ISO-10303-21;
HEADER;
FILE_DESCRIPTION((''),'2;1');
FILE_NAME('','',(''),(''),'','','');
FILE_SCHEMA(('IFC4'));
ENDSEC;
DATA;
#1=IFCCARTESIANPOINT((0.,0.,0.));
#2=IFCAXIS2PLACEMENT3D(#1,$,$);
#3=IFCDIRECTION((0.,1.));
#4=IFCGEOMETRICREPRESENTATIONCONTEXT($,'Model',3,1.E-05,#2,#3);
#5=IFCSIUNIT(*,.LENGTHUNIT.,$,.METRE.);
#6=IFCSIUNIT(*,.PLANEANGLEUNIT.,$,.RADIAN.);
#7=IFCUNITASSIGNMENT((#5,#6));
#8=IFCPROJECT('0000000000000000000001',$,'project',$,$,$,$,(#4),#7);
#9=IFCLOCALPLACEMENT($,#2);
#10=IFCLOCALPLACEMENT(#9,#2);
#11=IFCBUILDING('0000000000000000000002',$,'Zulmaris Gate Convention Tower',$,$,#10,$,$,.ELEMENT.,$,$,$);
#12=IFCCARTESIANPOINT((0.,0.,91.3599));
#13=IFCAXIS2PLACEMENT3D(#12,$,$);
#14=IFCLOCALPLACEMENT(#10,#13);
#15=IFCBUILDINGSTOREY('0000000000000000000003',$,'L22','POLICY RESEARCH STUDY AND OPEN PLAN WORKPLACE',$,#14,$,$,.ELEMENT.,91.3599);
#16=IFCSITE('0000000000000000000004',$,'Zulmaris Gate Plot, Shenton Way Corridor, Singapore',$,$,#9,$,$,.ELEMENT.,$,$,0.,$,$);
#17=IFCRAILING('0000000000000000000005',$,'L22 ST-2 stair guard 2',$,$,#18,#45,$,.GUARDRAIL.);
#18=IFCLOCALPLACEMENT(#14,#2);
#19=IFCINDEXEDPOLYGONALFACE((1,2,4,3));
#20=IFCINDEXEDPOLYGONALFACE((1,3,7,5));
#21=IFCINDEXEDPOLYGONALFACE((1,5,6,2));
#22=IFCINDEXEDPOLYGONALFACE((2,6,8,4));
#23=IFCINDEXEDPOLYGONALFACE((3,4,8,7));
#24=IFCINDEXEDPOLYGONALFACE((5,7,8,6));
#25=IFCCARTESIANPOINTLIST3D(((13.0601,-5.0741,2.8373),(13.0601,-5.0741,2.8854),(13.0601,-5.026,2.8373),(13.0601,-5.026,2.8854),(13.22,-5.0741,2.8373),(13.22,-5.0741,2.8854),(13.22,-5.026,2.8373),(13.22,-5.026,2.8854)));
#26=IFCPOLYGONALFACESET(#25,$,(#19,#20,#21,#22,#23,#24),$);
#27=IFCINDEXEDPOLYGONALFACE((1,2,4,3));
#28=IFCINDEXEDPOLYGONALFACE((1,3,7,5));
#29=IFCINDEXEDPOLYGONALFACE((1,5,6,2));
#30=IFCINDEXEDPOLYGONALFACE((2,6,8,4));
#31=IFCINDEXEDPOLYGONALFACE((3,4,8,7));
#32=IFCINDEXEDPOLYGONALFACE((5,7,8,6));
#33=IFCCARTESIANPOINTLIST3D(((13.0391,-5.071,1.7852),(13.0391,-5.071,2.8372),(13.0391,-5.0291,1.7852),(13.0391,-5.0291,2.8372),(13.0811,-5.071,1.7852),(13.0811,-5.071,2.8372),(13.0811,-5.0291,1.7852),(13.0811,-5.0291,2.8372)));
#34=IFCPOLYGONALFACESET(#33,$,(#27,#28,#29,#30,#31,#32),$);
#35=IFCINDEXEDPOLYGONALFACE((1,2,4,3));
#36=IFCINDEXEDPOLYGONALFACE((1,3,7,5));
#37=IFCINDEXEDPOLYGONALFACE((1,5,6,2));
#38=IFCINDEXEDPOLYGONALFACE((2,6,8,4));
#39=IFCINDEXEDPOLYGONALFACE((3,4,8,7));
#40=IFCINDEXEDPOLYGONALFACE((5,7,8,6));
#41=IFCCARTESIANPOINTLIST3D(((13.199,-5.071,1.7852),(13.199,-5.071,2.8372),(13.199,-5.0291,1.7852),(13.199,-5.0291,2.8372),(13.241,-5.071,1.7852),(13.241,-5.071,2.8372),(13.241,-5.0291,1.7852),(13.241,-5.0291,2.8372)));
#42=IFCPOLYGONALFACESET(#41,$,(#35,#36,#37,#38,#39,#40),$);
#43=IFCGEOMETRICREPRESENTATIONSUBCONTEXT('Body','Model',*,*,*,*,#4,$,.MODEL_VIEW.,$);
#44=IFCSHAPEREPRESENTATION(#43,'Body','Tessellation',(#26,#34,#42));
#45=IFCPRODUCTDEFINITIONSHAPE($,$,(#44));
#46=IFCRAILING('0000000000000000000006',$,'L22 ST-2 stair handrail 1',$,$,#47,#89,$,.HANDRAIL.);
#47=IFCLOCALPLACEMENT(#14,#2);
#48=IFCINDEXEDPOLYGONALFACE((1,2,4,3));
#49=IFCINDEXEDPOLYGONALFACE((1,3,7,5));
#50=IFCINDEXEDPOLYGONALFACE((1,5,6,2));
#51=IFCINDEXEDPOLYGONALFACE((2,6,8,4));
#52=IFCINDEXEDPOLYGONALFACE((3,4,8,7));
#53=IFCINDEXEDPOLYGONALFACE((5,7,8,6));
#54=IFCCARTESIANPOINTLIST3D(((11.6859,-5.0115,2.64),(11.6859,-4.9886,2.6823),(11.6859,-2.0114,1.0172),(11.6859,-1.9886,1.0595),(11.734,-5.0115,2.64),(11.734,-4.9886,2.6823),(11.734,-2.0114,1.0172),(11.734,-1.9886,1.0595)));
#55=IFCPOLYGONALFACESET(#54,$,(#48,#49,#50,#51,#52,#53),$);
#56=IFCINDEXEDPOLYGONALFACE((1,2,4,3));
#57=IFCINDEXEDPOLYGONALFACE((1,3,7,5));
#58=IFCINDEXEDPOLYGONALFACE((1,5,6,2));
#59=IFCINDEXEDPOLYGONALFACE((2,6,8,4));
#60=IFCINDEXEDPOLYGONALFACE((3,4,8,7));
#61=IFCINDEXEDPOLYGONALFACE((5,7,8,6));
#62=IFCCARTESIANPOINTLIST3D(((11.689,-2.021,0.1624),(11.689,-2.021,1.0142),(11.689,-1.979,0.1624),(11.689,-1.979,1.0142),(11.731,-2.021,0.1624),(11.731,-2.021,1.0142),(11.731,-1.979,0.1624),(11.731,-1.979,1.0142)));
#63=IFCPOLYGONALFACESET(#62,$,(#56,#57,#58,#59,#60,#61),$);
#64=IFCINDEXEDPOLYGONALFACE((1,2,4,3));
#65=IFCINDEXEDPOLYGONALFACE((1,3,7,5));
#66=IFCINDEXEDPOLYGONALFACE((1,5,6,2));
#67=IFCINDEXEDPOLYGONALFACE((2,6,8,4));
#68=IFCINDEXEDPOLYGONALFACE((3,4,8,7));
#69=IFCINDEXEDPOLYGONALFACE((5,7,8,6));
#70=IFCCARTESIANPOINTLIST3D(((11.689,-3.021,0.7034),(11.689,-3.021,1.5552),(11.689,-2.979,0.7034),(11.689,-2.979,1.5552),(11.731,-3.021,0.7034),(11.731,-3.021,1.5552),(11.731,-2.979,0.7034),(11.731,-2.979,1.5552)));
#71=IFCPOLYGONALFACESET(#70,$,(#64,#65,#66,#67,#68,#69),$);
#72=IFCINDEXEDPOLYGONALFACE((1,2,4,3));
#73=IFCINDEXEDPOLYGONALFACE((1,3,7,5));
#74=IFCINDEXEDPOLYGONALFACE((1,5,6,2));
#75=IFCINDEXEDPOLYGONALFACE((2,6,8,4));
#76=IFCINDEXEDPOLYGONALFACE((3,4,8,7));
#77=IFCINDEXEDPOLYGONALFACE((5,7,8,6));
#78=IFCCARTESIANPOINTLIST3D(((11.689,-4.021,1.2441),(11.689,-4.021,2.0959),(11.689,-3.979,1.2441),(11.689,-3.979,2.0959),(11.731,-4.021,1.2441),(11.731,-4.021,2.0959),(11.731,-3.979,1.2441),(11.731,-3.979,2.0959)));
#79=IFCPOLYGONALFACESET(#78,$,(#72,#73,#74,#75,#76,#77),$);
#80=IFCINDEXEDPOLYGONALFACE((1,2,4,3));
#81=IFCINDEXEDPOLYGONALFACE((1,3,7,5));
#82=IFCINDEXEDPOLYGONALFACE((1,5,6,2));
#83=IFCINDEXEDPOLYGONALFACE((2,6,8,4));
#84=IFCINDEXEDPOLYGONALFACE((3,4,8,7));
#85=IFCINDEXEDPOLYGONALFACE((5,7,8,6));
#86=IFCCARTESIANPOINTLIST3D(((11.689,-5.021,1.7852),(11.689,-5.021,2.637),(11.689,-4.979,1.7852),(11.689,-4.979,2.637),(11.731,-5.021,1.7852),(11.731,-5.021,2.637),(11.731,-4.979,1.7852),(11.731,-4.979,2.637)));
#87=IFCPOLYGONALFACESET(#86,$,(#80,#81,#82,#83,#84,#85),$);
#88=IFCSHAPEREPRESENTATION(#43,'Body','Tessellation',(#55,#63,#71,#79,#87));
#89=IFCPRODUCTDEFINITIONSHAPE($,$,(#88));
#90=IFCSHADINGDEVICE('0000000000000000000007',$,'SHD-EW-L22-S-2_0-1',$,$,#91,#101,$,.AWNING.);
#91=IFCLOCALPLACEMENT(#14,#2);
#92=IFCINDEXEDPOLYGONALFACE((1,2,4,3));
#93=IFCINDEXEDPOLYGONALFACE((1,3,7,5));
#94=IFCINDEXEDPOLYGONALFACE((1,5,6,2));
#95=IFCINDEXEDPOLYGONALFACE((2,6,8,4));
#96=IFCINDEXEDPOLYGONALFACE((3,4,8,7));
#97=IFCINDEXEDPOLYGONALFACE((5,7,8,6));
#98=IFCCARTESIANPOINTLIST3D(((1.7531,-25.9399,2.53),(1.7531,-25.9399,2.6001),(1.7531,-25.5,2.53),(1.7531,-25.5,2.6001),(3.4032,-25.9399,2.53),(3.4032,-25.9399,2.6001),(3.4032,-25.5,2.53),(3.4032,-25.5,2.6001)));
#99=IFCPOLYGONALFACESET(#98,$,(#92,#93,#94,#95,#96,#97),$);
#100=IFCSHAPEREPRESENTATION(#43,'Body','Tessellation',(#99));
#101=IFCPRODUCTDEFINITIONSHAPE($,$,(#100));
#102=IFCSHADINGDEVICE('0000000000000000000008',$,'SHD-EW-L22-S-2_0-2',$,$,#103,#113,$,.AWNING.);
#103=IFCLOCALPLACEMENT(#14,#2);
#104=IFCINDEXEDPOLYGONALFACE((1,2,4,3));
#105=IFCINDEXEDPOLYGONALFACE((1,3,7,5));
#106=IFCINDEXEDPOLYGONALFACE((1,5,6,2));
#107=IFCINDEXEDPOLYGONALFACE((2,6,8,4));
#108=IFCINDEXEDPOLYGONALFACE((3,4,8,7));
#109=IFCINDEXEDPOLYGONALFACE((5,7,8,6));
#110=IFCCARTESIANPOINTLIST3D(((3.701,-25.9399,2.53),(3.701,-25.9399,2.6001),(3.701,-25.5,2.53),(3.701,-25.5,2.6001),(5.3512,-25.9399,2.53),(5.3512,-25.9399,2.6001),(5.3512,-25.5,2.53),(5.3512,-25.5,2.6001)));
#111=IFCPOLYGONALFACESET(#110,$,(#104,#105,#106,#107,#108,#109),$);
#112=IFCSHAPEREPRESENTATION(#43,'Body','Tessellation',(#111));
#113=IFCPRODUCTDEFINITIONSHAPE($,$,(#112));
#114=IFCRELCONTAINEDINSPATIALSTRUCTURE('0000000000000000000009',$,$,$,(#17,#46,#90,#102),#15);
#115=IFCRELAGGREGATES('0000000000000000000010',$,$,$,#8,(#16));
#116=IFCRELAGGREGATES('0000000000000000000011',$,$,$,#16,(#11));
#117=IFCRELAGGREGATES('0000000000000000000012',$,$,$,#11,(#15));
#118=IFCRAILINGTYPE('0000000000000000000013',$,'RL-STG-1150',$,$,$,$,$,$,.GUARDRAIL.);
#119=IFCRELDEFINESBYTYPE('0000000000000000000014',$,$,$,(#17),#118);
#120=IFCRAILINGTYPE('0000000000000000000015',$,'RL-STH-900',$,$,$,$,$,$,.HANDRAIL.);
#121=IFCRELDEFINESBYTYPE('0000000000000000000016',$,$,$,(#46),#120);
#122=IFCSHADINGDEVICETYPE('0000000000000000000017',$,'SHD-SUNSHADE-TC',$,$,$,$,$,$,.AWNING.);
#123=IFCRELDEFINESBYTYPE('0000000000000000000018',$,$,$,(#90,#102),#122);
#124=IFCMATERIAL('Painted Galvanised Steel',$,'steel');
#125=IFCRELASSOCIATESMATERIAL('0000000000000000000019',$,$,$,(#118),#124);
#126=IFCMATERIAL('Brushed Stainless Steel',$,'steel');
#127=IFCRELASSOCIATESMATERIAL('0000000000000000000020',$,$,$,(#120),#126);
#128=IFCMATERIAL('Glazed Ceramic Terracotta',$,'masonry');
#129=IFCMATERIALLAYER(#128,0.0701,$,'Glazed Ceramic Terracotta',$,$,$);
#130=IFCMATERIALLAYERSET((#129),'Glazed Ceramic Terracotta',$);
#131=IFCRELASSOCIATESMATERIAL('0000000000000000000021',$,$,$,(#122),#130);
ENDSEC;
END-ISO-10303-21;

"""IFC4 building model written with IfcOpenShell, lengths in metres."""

from ifc_helpers import new_model, si_unit, direction, frame, frame_2d, origin, origin_2d, place, context, subcontext, project, spatial, rectangle, extrude, material, layer, layer_set, type_object, element, save


model = new_model("IFC4")

# Units and contexts
model_context = context("Model", 3, precision=1e-05, world=origin(), true_north=direction((0.0, 1.0)))
body_context = subcontext(model_context, "Body", "Model", "MODEL_VIEW")
ifc_project = project(units=[si_unit("LENGTHUNIT", "METRE"), si_unit("PLANEANGLEUNIT", "RADIAN")], contexts=[model_context])

# Site, building, storey
site_placement = place(None, origin())
site = spatial("IfcSite", under=ifc_project, at=site_placement, Name="Zulmaris Gate Plot, Shenton Way Corridor, Singapore", CompositionType="ELEMENT", RefElevation=0.0)
building_placement = place(site_placement, origin())
building = spatial("IfcBuilding", under=site, at=building_placement, Name="Zulmaris Gate Convention Tower", CompositionType="ELEMENT")
storey_placement = place(building_placement, frame((0.0, 0.0, 91.3599)))
storey = spatial("IfcBuildingStorey", under=building, at=storey_placement, Name="L22", Description="POLICY RESEARCH STUDY AND OPEN PLAN WORKPLACE", CompositionType="ELEMENT", Elevation=91.3599)

# Railings
ifc_material_1 = material(Name="Painted Galvanised Steel", Category="steel")
railing_type_1 = type_object("IfcRailingType", Name="RL-STG-1150", PredefinedType="GUARDRAIL", material=ifc_material_1)
railing_1_placement = place(storey_placement, frame((13.0601, -5.05, 1.7852)))
element("IfcRailing", 1, at=railing_1_placement, inside=storey, type_object=railing_type_1, Name="L22 ST-2 stair guard 2", PredefinedType="GUARDRAIL", context=body_context, shape_type="SweptSolid", body=[
    extrude(rectangle(XDim=0.0481, YDim=0.0481, at=origin_2d()), frame((0.0, 0.0, 1.0762), z_axis=(1.0, 0.0, 0.0), x_axis=(0.0, 1.0, 0.0)), (0.0, 0.0, 1.0), 0.1599),
    extrude(rectangle(XDim=0.042, YDim=0.042, at=origin_2d()), origin(), (0.0, 0.0, 1.0), 1.052),
    extrude(rectangle(XDim=0.042, YDim=0.042, at=origin_2d()), frame((0.1599, 0.0, 0.0)), (0.0, 0.0, 1.0), 1.052),
])
ifc_material_2 = material(Name="Brushed Stainless Steel", Category="steel")
railing_type_2 = type_object("IfcRailingType", Name="RL-STH-900", PredefinedType="HANDRAIL", material=ifc_material_2)
railing_2_placement = place(storey_placement, frame((11.71, -2.0, 0.1624)))
element("IfcRailing", 2, at=railing_2_placement, inside=storey, type_object=railing_type_2, Name="L22 ST-2 stair handrail 1", PredefinedType="HANDRAIL", context=body_context, shape_type="SweptSolid", body=[
    extrude(rectangle(XDim=0.0481, YDim=0.0481, at=origin_2d()), frame((0.0, 0.0, 0.876), z_axis=(0.0, -0.879562, 0.475785), x_axis=(1.0, 0.0, 0.0)), (0.0, 0.0, 1.0), 3.4109),
    extrude(rectangle(XDim=0.042, YDim=0.042, at=origin_2d()), origin(), (0.0, 0.0, 1.0), 0.8518),
    extrude(rectangle(XDim=0.042, YDim=0.042, at=origin_2d()), frame((0.0, -1.0, 0.541)), (0.0, 0.0, 1.0), 0.8518),
    extrude(rectangle(XDim=0.042, YDim=0.042, at=origin_2d()), frame((0.0, -2.0, 1.0818)), (0.0, 0.0, 1.0), 0.8518),
    extrude(rectangle(XDim=0.042, YDim=0.042, at=origin_2d()), frame((0.0, -3.0, 1.6228)), (0.0, 0.0, 1.0), 0.8518),
])

# Shading devices
ifc_material_3 = material(Name="Glazed Ceramic Terracotta", Category="masonry")
ifc_layer_1 = layer(ifc_material_3, 0.0701, Name="Glazed Ceramic Terracotta")
ifc_layer_set_1 = layer_set([ifc_layer_1], Name="Glazed Ceramic Terracotta")
shading_device_type = type_object("IfcShadingDeviceType", Name="SHD-SUNSHADE-TC", PredefinedType="AWNING", material=ifc_layer_set_1)
for number, where, z_axis, x_axis, name in (
    (3, (1.7529, -25.72, 2.53), (0.0, 0.0, 1.0), (1.0, 0.0, 0.0), "SHD-EW-L22-S-2_0-1"),
    (4, (3.7009, -25.72, 2.53), (0.0, 0.0, 1.0), (1.0, 0.0, 0.0), "SHD-EW-L22-S-2_0-2"),
):
    element("IfcShadingDevice", number, at=place(storey_placement, frame(where, z_axis=z_axis, x_axis=x_axis)), inside=storey, type_object=shading_device_type, Name=name, PredefinedType="AWNING", context=body_context, shape_type="SweptSolid", body=[
        extrude(rectangle(XDim=1.6501, YDim=0.4399, at=frame_2d((0.8252, 0.0))), origin(), (0.0, 0.0, 1.0), 0.0701),
    ])

save(model, "model.ifc")
